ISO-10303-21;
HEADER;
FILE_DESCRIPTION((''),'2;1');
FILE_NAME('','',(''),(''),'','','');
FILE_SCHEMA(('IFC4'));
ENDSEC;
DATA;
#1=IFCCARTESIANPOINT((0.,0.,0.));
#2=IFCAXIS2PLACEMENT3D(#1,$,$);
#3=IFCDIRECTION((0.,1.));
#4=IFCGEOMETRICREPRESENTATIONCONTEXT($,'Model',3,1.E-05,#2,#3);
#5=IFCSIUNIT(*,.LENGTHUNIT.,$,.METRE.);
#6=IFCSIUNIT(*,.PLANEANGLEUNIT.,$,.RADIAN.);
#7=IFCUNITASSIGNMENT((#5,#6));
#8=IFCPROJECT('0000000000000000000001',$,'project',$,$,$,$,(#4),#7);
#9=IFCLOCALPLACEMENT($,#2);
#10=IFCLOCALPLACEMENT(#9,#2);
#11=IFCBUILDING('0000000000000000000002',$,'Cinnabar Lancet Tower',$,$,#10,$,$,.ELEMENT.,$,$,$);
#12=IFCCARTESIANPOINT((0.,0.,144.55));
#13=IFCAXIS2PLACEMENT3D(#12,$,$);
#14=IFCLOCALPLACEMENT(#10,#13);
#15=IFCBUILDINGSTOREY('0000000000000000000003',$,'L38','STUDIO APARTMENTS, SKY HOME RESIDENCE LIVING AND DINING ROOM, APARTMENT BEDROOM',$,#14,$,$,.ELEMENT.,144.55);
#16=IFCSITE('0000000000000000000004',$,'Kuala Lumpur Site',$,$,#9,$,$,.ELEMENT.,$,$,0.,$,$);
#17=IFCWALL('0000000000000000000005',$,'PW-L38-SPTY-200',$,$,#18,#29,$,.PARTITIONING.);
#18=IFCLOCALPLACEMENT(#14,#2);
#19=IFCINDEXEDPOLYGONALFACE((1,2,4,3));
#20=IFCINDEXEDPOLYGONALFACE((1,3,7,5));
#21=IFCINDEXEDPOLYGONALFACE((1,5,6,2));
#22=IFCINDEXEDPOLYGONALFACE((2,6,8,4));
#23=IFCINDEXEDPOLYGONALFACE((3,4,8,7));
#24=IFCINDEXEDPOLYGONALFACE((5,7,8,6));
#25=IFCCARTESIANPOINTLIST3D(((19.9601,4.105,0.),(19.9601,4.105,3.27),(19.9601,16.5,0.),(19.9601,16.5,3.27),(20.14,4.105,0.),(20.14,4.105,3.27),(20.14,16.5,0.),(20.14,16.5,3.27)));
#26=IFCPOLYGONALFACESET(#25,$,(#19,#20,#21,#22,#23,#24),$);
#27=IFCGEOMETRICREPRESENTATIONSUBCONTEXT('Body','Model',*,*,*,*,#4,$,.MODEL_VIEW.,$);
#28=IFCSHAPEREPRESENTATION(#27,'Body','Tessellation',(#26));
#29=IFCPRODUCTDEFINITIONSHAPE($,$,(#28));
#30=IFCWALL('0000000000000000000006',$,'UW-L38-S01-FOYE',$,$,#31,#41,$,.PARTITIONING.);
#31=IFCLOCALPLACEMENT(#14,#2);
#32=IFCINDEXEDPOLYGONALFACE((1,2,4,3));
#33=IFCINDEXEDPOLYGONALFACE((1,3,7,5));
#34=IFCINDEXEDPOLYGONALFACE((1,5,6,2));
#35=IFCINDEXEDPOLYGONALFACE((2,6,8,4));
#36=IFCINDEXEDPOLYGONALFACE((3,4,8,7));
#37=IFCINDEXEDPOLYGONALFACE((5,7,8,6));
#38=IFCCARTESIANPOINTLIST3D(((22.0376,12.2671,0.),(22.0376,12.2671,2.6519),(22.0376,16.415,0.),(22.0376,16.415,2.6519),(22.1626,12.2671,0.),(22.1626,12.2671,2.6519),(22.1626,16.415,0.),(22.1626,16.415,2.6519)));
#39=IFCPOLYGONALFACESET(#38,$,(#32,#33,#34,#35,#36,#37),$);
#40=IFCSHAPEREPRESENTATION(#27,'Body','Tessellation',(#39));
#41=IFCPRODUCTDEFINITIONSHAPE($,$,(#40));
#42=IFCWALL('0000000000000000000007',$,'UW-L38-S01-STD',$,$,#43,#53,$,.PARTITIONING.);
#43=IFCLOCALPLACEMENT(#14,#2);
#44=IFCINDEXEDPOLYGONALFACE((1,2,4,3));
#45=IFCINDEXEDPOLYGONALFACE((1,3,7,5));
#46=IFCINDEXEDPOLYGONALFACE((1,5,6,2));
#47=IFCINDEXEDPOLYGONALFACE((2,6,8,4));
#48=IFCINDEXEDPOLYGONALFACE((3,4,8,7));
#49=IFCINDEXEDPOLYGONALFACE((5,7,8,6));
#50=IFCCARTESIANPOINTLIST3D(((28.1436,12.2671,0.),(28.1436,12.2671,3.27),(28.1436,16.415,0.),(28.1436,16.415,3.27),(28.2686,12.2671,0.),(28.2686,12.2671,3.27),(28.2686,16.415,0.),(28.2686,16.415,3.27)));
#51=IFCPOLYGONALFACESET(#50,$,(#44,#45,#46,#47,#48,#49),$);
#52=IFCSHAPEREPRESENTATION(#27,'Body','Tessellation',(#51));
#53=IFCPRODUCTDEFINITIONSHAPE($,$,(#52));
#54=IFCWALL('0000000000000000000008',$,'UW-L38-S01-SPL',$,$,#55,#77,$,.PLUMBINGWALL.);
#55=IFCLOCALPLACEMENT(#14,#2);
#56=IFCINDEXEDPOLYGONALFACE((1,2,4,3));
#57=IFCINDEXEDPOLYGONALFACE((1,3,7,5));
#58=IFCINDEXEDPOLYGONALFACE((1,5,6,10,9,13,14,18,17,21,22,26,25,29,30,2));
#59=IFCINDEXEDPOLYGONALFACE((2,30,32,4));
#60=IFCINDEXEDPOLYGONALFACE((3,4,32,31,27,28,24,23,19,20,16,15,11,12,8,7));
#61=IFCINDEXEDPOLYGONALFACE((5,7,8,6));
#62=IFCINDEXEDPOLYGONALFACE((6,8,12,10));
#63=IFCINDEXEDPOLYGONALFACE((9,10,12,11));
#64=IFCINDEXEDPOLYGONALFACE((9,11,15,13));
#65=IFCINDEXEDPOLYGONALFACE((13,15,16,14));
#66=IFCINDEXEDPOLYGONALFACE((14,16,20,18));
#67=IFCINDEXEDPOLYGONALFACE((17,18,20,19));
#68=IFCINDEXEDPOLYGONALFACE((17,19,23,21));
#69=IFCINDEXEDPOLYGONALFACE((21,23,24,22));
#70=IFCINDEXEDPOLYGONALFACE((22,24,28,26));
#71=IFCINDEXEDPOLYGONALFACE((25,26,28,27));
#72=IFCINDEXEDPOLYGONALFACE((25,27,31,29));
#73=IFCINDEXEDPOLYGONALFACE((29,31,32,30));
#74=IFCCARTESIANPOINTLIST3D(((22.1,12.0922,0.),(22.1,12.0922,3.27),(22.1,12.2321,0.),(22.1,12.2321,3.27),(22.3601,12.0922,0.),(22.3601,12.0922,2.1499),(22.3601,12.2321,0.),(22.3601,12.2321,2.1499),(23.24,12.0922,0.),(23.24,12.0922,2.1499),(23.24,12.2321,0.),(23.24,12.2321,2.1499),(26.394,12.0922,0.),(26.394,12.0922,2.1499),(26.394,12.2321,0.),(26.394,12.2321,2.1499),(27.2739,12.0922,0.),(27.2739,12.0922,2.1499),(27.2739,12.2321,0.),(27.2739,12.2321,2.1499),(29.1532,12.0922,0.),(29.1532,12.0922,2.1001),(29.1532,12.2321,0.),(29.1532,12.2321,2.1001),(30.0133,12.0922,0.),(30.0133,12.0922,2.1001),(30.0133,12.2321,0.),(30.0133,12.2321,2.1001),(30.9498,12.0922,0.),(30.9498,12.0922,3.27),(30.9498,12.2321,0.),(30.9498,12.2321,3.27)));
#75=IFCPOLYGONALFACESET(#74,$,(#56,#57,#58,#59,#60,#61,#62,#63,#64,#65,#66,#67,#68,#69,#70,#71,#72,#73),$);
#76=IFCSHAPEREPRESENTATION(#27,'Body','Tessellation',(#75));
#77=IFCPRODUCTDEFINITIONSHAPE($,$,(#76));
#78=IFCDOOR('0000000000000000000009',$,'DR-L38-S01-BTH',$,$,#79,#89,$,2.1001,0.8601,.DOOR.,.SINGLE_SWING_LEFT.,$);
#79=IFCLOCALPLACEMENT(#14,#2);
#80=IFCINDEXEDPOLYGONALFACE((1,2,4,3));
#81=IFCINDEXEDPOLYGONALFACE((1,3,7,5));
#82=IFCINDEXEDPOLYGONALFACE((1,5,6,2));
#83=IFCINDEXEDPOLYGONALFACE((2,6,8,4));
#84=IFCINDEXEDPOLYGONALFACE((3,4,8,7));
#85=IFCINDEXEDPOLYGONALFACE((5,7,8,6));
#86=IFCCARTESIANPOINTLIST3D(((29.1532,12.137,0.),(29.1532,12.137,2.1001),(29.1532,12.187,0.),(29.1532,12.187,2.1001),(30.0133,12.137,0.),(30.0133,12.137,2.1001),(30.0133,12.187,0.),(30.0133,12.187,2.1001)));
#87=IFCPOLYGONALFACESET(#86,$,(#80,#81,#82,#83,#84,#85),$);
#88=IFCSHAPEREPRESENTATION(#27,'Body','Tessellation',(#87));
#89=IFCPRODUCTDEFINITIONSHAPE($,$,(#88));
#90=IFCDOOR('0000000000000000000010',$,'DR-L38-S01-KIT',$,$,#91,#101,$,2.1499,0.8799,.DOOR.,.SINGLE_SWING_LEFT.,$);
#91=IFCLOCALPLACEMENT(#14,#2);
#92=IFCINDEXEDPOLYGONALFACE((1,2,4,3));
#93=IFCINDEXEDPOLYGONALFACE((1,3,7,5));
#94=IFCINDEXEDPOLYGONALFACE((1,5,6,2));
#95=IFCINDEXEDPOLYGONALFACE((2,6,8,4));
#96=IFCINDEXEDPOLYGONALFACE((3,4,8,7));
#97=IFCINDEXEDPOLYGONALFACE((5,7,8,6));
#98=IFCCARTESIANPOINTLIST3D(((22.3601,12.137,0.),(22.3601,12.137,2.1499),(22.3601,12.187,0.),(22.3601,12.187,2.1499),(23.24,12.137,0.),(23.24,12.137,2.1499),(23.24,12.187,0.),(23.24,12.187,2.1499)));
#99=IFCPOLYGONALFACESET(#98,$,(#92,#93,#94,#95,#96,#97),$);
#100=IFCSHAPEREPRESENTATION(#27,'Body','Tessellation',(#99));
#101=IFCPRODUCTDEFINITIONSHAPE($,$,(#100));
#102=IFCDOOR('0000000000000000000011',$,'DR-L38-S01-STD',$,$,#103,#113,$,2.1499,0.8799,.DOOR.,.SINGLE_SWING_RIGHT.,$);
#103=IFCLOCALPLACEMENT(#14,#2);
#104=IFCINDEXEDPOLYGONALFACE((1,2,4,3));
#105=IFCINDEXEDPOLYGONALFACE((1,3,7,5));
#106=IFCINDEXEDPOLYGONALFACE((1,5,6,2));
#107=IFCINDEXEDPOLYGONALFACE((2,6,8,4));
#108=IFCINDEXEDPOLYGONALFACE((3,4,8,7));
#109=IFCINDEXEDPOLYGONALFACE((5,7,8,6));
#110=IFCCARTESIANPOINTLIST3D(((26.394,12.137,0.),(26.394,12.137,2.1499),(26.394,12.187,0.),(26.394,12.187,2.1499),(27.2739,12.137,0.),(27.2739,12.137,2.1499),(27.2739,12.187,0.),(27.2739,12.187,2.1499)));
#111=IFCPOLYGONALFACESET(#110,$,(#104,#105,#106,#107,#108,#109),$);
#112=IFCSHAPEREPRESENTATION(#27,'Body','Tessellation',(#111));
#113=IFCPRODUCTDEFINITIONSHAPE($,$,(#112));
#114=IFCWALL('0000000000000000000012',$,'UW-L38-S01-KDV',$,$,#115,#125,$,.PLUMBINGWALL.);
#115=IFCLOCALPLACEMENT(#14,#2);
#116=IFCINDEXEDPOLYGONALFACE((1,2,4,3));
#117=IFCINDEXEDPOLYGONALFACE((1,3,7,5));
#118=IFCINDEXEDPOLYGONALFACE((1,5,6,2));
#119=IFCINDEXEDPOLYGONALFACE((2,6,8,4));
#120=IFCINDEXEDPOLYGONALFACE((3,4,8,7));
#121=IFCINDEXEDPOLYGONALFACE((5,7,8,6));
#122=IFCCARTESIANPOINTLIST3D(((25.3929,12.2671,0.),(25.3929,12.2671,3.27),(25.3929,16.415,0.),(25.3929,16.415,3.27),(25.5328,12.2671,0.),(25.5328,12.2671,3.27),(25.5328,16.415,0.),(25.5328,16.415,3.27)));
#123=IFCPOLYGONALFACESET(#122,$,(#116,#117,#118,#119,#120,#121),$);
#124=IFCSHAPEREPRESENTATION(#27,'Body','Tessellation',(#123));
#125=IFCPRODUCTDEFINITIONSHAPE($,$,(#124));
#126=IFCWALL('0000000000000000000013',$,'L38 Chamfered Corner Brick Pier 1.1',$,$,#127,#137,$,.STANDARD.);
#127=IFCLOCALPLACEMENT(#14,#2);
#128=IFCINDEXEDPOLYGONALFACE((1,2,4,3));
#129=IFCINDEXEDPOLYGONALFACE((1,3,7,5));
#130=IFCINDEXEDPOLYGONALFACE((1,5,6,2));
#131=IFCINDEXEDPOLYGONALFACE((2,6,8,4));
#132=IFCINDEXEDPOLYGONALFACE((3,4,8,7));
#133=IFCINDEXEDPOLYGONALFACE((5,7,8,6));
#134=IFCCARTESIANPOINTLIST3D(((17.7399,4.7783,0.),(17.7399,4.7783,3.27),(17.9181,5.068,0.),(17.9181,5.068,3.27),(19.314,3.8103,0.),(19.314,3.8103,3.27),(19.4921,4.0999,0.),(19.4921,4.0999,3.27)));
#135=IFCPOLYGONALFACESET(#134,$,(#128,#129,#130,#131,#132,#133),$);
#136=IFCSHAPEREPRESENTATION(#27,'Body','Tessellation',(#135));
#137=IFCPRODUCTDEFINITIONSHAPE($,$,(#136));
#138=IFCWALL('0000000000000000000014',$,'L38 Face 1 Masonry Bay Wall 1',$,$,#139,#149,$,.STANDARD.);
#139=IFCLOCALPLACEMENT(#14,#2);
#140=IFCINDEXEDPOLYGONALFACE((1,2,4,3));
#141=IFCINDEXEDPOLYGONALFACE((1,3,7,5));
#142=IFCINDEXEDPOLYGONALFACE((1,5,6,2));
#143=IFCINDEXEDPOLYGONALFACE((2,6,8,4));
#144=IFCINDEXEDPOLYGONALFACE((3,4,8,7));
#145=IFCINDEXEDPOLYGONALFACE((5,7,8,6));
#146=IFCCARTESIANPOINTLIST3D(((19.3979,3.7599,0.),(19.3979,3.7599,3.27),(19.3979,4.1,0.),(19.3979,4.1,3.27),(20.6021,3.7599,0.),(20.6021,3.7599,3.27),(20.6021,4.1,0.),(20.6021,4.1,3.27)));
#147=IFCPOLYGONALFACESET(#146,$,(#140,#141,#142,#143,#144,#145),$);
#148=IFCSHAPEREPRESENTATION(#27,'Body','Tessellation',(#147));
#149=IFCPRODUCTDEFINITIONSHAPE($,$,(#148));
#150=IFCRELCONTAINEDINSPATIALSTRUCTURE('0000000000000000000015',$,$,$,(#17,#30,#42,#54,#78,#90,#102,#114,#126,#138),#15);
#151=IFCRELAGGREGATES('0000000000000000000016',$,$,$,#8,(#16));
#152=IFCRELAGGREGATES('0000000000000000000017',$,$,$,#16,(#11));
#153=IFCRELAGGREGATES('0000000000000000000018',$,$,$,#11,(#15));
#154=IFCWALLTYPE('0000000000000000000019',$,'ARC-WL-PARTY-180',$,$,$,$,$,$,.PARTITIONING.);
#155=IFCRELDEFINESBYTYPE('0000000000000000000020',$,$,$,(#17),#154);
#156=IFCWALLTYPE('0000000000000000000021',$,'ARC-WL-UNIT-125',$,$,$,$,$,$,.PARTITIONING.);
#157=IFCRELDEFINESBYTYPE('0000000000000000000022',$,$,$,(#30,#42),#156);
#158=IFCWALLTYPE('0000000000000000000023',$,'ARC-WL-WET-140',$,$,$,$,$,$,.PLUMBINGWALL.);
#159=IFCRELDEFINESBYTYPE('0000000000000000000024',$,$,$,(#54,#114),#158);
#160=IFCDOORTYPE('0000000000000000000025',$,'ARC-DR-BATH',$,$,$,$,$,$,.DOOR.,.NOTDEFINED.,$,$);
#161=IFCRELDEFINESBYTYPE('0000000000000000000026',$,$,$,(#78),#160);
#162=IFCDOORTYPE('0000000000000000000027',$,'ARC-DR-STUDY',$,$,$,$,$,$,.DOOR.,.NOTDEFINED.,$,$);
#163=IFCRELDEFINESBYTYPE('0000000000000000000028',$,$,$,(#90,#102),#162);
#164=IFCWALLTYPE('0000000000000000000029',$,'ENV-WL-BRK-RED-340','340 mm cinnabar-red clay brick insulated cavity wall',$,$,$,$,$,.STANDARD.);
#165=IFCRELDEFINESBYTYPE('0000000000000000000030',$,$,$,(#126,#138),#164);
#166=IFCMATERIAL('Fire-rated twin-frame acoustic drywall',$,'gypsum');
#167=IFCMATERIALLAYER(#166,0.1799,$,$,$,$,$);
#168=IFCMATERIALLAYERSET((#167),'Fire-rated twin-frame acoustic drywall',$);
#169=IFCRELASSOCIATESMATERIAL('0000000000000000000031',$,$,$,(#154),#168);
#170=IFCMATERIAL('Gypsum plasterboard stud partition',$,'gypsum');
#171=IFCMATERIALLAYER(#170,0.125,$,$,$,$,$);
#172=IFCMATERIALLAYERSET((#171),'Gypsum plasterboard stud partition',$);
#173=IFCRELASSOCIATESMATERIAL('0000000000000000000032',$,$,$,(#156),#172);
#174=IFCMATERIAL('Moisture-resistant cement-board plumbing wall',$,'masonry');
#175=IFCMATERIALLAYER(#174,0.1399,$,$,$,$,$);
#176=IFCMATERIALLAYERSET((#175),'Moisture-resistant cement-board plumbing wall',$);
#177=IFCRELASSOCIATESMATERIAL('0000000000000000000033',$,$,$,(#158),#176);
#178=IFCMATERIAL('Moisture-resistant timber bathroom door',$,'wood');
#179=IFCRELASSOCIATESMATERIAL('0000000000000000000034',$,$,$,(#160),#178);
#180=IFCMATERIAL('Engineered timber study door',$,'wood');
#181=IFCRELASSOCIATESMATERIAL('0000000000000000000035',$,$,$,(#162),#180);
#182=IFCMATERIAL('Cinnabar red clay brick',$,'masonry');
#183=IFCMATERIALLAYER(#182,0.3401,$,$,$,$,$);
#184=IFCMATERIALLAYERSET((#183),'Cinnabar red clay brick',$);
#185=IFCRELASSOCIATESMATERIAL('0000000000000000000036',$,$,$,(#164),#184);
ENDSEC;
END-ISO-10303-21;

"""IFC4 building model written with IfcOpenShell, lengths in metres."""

from ifc_helpers import new_model, si_unit, direction, frame, frame_2d, origin, place, context, subcontext, project, spatial, rectangle, extrude, material, layer, layer_set, type_object, element, fill, save


model = new_model("IFC4")

# Units and contexts
model_context = context("Model", 3, precision=1e-05, world=origin(), true_north=direction((0.0, 1.0)))
body_context = subcontext(model_context, "Body", "Model", "MODEL_VIEW")
ifc_project = project(units=[si_unit("LENGTHUNIT", "METRE"), si_unit("PLANEANGLEUNIT", "RADIAN")], contexts=[model_context])

# Site, building, storey
site_placement = place(None, origin())
site = spatial("IfcSite", under=ifc_project, at=site_placement, Name="Kuala Lumpur Site", CompositionType="ELEMENT", RefElevation=0.0)
building_placement = place(site_placement, origin())
building = spatial("IfcBuilding", under=site, at=building_placement, Name="Cinnabar Lancet Tower", CompositionType="ELEMENT")
storey_placement = place(building_placement, frame((0.0, 0.0, 144.55)))
storey = spatial("IfcBuildingStorey", under=building, at=storey_placement, Name="L38", Description="STUDIO APARTMENTS, SKY HOME RESIDENCE LIVING AND DINING ROOM, APARTMENT BEDROOM", CompositionType="ELEMENT", Elevation=144.55)

# Walls
ifc_material_1 = material(Name="Fire-rated twin-frame acoustic drywall", Category="gypsum")
ifc_layer_1 = layer(ifc_material_1, 0.1799)
ifc_layer_set_1 = layer_set([ifc_layer_1], Name="Fire-rated twin-frame acoustic drywall")
wall_type_1 = type_object("IfcWallType", Name="ARC-WL-PARTY-180", PredefinedType="PARTITIONING", material=ifc_layer_set_1)
wall_1_placement = place(storey_placement, frame((20.05, 4.105, 0.0), z_axis=(0.0, 0.0, 1.0), x_axis=(0.0, 1.0, 0.0)))
element("IfcWall", 1, at=wall_1_placement, inside=storey, type_object=wall_type_1, Name="PW-L38-SPTY-200", PredefinedType="PARTITIONING", context=body_context, shape_type="SweptSolid", body=[
    extrude(rectangle(XDim=12.395, YDim=0.1799, at=frame_2d((6.1975, 0.0))), origin(), (0.0, 0.0, 1.0), 3.27),
])
ifc_material_2 = material(Name="Gypsum plasterboard stud partition", Category="gypsum")
ifc_layer_2 = layer(ifc_material_2, 0.125)
ifc_layer_set_2 = layer_set([ifc_layer_2], Name="Gypsum plasterboard stud partition")
wall_type_2 = type_object("IfcWallType", Name="ARC-WL-UNIT-125", PredefinedType="PARTITIONING", material=ifc_layer_set_2)
wall_2_placement = place(storey_placement, frame((22.1001, 12.2671, 0.0), z_axis=(0.0, 0.0, 1.0), x_axis=(0.0, 1.0, 0.0)))
element("IfcWall", 2, at=wall_2_placement, inside=storey, type_object=wall_type_2, Name="UW-L38-S01-FOYE", PredefinedType="PARTITIONING", context=body_context, shape_type="SweptSolid", body=[
    extrude(rectangle(XDim=4.1479, YDim=0.125, at=frame_2d((2.074, 0.0))), origin(), (0.0, 0.0, 1.0), 2.6519),
])
wall_3_placement = place(storey_placement, frame((28.2061, 12.2671, 0.0), z_axis=(0.0, 0.0, 1.0), x_axis=(0.0, 1.0, 0.0)))
element("IfcWall", 3, at=wall_3_placement, inside=storey, type_object=wall_type_2, Name="UW-L38-S01-STD", PredefinedType="PARTITIONING", context=body_context, shape_type="SweptSolid", body=[
    extrude(rectangle(XDim=4.1479, YDim=0.125, at=frame_2d((2.074, 0.0))), origin(), (0.0, 0.0, 1.0), 3.27),
])

# Wall, openings, doors
ifc_material_3 = material(Name="Moisture-resistant cement-board plumbing wall", Category="masonry")
ifc_layer_3 = layer(ifc_material_3, 0.1399)
ifc_layer_set_3 = layer_set([ifc_layer_3], Name="Moisture-resistant cement-board plumbing wall")
wall_type_3 = type_object("IfcWallType", Name="ARC-WL-WET-140", PredefinedType="PLUMBINGWALL", material=ifc_layer_set_3)
wall_4_placement = place(storey_placement, frame((22.1001, 12.1621, 0.0), z_axis=(0.0, 0.0, 1.0), x_axis=(1.0, 0.0, 0.0)))
wall_4 = element("IfcWall", 4, at=wall_4_placement, inside=storey, type_object=wall_type_3, Name="UW-L38-S01-SPL", PredefinedType="PLUMBINGWALL", context=body_context, shape_type="SweptSolid", body=[
    extrude(rectangle(XDim=8.8499, YDim=0.1399, at=frame_2d((4.4248, 0.0))), origin(), (0.0, 0.0, 1.0), 3.27),
])
opening_1_placement = place(wall_4_placement, frame((7.053, 0.0, 0.0)))
opening_1 = element("IfcOpeningElement", 5, at=opening_1_placement, cuts=wall_4, PredefinedType="OPENING", context=body_context, shape_type="SweptSolid", body=[
    extrude(rectangle(XDim=0.8601, YDim=2.1001, at=frame_2d((0.4302, 1.05))), frame((0.0, 0.0798, 0.0), z_axis=(0.0, -1.0, 0.0), x_axis=(1.0, 0.0, 0.0)), (0.0, 0.0, 1.0), 0.1599),
])
opening_2_placement = place(wall_4_placement, frame((0.26, 0.0, 0.0)))
opening_2 = element("IfcOpeningElement", 6, at=opening_2_placement, cuts=wall_4, PredefinedType="OPENING", context=body_context, shape_type="SweptSolid", body=[
    extrude(rectangle(XDim=0.8799, YDim=2.1499, at=frame_2d((0.4399, 1.075))), frame((0.0, 0.0798, 0.0), z_axis=(0.0, -1.0, 0.0), x_axis=(1.0, 0.0, 0.0)), (0.0, 0.0, 1.0), 0.1599),
])
opening_3_placement = place(wall_4_placement, frame((4.2939, 0.0, 0.0)))
opening_3 = element("IfcOpeningElement", 7, at=opening_3_placement, cuts=wall_4, PredefinedType="OPENING", context=body_context, shape_type="SweptSolid", body=[
    extrude(rectangle(XDim=0.8799, YDim=2.1499, at=frame_2d((0.4399, 1.075))), frame((0.0, 0.0798, 0.0), z_axis=(0.0, -1.0, 0.0), x_axis=(1.0, 0.0, 0.0)), (0.0, 0.0, 1.0), 0.1599),
])
ifc_material_4 = material(Name="Moisture-resistant timber bathroom door", Category="wood")
door_type_1 = type_object("IfcDoorType", Name="ARC-DR-BATH", OperationType="NOTDEFINED", PredefinedType="DOOR", material=ifc_material_4)
door_1_placement = place(opening_1_placement, origin())
door_1 = element("IfcDoor", 8, at=door_1_placement, inside=storey, type_object=door_type_1, Name="DR-L38-S01-BTH", OperationType="SINGLE_SWING_LEFT", OverallHeight=2.1001, OverallWidth=0.8601, PredefinedType="DOOR", context=body_context, shape_type="SweptSolid", body=[
    extrude(rectangle(XDim=0.8601, YDim=2.1001, at=frame_2d((0.4302, 1.05))), frame((0.0, 0.0249, 0.0), z_axis=(0.0, -1.0, 0.0), x_axis=(1.0, 0.0, 0.0)), (0.0, 0.0, 1.0), 0.05),
])
fill(opening_1, door_1)
ifc_material_5 = material(Name="Engineered timber study door", Category="wood")
door_type_2 = type_object("IfcDoorType", Name="ARC-DR-STUDY", OperationType="NOTDEFINED", PredefinedType="DOOR", material=ifc_material_5)
door_2_placement = place(opening_2_placement, origin())
door_2 = element("IfcDoor", 9, at=door_2_placement, inside=storey, type_object=door_type_2, Name="DR-L38-S01-KIT", OperationType="SINGLE_SWING_LEFT", OverallHeight=2.1499, OverallWidth=0.8799, PredefinedType="DOOR", context=body_context, shape_type="SweptSolid", body=[
    extrude(rectangle(XDim=0.8799, YDim=2.1499, at=frame_2d((0.4399, 1.075))), frame((0.0, 0.0249, 0.0), z_axis=(0.0, -1.0, 0.0), x_axis=(1.0, 0.0, 0.0)), (0.0, 0.0, 1.0), 0.05),
])
fill(opening_2, door_2)
door_3_placement = place(opening_3_placement, origin())
door_3 = element("IfcDoor", 10, at=door_3_placement, inside=storey, type_object=door_type_2, Name="DR-L38-S01-STD", OperationType="SINGLE_SWING_RIGHT", OverallHeight=2.1499, OverallWidth=0.8799, PredefinedType="DOOR", context=body_context, shape_type="SweptSolid", body=[
    extrude(rectangle(XDim=0.8799, YDim=2.1499, at=frame_2d((0.4399, 1.075))), frame((0.0, 0.0249, 0.0), z_axis=(0.0, -1.0, 0.0), x_axis=(1.0, 0.0, 0.0)), (0.0, 0.0, 1.0), 0.05),
])
fill(opening_3, door_3)

# Walls
wall_5_placement = place(storey_placement, frame((25.4629, 12.2671, 0.0), z_axis=(0.0, 0.0, 1.0), x_axis=(0.0, 1.0, 0.0)))
element("IfcWall", 11, at=wall_5_placement, inside=storey, type_object=wall_type_3, Name="UW-L38-S01-KDV", PredefinedType="PLUMBINGWALL", context=body_context, shape_type="SweptSolid", body=[
    extrude(rectangle(XDim=4.1479, YDim=0.1399, at=frame_2d((2.074, 0.0))), origin(), (0.0, 0.0, 1.0), 3.27),
])
ifc_material_6 = material(Name="Cinnabar red clay brick", Category="masonry")
ifc_layer_4 = layer(ifc_material_6, 0.3401)
ifc_layer_set_4 = layer_set([ifc_layer_4], Name="Cinnabar red clay brick")
wall_type_4 = type_object("IfcWallType", Name="ENV-WL-BRK-RED-340", Description="340 mm cinnabar-red clay brick insulated cavity wall", PredefinedType="STANDARD", material=ifc_layer_set_4)
wall_6_placement = place(storey_placement, frame((17.8291, 4.9231, 0.0), z_axis=(0.0, 0.0, 1.0), x_axis=(0.851799, -0.523869, 0.0)))
element("IfcWall", 12, at=wall_6_placement, inside=storey, type_object=wall_type_4, Name="L38 Chamfered Corner Brick Pier 1.1", PredefinedType="STANDARD", context=body_context, shape_type="SweptSolid", body=[
    extrude(rectangle(XDim=1.8479, YDim=0.3401, at=frame_2d((0.9238, 0.0))), origin(), (0.0, 0.0, 1.0), 3.27),
])
wall_7_placement = place(storey_placement, frame((19.3979, 3.9299, 0.0), z_axis=(0.0, 0.0, 1.0), x_axis=(1.0, 0.0, 0.0)))
element("IfcWall", 13, at=wall_7_placement, inside=storey, type_object=wall_type_4, Name="L38 Face 1 Masonry Bay Wall 1", PredefinedType="STANDARD", context=body_context, shape_type="SweptSolid", body=[
    extrude(rectangle(XDim=1.2041, YDim=0.3401, at=frame_2d((0.6021, 0.0))), origin(), (0.0, 0.0, 1.0), 3.27),
])

save(model, "model.ifc")
